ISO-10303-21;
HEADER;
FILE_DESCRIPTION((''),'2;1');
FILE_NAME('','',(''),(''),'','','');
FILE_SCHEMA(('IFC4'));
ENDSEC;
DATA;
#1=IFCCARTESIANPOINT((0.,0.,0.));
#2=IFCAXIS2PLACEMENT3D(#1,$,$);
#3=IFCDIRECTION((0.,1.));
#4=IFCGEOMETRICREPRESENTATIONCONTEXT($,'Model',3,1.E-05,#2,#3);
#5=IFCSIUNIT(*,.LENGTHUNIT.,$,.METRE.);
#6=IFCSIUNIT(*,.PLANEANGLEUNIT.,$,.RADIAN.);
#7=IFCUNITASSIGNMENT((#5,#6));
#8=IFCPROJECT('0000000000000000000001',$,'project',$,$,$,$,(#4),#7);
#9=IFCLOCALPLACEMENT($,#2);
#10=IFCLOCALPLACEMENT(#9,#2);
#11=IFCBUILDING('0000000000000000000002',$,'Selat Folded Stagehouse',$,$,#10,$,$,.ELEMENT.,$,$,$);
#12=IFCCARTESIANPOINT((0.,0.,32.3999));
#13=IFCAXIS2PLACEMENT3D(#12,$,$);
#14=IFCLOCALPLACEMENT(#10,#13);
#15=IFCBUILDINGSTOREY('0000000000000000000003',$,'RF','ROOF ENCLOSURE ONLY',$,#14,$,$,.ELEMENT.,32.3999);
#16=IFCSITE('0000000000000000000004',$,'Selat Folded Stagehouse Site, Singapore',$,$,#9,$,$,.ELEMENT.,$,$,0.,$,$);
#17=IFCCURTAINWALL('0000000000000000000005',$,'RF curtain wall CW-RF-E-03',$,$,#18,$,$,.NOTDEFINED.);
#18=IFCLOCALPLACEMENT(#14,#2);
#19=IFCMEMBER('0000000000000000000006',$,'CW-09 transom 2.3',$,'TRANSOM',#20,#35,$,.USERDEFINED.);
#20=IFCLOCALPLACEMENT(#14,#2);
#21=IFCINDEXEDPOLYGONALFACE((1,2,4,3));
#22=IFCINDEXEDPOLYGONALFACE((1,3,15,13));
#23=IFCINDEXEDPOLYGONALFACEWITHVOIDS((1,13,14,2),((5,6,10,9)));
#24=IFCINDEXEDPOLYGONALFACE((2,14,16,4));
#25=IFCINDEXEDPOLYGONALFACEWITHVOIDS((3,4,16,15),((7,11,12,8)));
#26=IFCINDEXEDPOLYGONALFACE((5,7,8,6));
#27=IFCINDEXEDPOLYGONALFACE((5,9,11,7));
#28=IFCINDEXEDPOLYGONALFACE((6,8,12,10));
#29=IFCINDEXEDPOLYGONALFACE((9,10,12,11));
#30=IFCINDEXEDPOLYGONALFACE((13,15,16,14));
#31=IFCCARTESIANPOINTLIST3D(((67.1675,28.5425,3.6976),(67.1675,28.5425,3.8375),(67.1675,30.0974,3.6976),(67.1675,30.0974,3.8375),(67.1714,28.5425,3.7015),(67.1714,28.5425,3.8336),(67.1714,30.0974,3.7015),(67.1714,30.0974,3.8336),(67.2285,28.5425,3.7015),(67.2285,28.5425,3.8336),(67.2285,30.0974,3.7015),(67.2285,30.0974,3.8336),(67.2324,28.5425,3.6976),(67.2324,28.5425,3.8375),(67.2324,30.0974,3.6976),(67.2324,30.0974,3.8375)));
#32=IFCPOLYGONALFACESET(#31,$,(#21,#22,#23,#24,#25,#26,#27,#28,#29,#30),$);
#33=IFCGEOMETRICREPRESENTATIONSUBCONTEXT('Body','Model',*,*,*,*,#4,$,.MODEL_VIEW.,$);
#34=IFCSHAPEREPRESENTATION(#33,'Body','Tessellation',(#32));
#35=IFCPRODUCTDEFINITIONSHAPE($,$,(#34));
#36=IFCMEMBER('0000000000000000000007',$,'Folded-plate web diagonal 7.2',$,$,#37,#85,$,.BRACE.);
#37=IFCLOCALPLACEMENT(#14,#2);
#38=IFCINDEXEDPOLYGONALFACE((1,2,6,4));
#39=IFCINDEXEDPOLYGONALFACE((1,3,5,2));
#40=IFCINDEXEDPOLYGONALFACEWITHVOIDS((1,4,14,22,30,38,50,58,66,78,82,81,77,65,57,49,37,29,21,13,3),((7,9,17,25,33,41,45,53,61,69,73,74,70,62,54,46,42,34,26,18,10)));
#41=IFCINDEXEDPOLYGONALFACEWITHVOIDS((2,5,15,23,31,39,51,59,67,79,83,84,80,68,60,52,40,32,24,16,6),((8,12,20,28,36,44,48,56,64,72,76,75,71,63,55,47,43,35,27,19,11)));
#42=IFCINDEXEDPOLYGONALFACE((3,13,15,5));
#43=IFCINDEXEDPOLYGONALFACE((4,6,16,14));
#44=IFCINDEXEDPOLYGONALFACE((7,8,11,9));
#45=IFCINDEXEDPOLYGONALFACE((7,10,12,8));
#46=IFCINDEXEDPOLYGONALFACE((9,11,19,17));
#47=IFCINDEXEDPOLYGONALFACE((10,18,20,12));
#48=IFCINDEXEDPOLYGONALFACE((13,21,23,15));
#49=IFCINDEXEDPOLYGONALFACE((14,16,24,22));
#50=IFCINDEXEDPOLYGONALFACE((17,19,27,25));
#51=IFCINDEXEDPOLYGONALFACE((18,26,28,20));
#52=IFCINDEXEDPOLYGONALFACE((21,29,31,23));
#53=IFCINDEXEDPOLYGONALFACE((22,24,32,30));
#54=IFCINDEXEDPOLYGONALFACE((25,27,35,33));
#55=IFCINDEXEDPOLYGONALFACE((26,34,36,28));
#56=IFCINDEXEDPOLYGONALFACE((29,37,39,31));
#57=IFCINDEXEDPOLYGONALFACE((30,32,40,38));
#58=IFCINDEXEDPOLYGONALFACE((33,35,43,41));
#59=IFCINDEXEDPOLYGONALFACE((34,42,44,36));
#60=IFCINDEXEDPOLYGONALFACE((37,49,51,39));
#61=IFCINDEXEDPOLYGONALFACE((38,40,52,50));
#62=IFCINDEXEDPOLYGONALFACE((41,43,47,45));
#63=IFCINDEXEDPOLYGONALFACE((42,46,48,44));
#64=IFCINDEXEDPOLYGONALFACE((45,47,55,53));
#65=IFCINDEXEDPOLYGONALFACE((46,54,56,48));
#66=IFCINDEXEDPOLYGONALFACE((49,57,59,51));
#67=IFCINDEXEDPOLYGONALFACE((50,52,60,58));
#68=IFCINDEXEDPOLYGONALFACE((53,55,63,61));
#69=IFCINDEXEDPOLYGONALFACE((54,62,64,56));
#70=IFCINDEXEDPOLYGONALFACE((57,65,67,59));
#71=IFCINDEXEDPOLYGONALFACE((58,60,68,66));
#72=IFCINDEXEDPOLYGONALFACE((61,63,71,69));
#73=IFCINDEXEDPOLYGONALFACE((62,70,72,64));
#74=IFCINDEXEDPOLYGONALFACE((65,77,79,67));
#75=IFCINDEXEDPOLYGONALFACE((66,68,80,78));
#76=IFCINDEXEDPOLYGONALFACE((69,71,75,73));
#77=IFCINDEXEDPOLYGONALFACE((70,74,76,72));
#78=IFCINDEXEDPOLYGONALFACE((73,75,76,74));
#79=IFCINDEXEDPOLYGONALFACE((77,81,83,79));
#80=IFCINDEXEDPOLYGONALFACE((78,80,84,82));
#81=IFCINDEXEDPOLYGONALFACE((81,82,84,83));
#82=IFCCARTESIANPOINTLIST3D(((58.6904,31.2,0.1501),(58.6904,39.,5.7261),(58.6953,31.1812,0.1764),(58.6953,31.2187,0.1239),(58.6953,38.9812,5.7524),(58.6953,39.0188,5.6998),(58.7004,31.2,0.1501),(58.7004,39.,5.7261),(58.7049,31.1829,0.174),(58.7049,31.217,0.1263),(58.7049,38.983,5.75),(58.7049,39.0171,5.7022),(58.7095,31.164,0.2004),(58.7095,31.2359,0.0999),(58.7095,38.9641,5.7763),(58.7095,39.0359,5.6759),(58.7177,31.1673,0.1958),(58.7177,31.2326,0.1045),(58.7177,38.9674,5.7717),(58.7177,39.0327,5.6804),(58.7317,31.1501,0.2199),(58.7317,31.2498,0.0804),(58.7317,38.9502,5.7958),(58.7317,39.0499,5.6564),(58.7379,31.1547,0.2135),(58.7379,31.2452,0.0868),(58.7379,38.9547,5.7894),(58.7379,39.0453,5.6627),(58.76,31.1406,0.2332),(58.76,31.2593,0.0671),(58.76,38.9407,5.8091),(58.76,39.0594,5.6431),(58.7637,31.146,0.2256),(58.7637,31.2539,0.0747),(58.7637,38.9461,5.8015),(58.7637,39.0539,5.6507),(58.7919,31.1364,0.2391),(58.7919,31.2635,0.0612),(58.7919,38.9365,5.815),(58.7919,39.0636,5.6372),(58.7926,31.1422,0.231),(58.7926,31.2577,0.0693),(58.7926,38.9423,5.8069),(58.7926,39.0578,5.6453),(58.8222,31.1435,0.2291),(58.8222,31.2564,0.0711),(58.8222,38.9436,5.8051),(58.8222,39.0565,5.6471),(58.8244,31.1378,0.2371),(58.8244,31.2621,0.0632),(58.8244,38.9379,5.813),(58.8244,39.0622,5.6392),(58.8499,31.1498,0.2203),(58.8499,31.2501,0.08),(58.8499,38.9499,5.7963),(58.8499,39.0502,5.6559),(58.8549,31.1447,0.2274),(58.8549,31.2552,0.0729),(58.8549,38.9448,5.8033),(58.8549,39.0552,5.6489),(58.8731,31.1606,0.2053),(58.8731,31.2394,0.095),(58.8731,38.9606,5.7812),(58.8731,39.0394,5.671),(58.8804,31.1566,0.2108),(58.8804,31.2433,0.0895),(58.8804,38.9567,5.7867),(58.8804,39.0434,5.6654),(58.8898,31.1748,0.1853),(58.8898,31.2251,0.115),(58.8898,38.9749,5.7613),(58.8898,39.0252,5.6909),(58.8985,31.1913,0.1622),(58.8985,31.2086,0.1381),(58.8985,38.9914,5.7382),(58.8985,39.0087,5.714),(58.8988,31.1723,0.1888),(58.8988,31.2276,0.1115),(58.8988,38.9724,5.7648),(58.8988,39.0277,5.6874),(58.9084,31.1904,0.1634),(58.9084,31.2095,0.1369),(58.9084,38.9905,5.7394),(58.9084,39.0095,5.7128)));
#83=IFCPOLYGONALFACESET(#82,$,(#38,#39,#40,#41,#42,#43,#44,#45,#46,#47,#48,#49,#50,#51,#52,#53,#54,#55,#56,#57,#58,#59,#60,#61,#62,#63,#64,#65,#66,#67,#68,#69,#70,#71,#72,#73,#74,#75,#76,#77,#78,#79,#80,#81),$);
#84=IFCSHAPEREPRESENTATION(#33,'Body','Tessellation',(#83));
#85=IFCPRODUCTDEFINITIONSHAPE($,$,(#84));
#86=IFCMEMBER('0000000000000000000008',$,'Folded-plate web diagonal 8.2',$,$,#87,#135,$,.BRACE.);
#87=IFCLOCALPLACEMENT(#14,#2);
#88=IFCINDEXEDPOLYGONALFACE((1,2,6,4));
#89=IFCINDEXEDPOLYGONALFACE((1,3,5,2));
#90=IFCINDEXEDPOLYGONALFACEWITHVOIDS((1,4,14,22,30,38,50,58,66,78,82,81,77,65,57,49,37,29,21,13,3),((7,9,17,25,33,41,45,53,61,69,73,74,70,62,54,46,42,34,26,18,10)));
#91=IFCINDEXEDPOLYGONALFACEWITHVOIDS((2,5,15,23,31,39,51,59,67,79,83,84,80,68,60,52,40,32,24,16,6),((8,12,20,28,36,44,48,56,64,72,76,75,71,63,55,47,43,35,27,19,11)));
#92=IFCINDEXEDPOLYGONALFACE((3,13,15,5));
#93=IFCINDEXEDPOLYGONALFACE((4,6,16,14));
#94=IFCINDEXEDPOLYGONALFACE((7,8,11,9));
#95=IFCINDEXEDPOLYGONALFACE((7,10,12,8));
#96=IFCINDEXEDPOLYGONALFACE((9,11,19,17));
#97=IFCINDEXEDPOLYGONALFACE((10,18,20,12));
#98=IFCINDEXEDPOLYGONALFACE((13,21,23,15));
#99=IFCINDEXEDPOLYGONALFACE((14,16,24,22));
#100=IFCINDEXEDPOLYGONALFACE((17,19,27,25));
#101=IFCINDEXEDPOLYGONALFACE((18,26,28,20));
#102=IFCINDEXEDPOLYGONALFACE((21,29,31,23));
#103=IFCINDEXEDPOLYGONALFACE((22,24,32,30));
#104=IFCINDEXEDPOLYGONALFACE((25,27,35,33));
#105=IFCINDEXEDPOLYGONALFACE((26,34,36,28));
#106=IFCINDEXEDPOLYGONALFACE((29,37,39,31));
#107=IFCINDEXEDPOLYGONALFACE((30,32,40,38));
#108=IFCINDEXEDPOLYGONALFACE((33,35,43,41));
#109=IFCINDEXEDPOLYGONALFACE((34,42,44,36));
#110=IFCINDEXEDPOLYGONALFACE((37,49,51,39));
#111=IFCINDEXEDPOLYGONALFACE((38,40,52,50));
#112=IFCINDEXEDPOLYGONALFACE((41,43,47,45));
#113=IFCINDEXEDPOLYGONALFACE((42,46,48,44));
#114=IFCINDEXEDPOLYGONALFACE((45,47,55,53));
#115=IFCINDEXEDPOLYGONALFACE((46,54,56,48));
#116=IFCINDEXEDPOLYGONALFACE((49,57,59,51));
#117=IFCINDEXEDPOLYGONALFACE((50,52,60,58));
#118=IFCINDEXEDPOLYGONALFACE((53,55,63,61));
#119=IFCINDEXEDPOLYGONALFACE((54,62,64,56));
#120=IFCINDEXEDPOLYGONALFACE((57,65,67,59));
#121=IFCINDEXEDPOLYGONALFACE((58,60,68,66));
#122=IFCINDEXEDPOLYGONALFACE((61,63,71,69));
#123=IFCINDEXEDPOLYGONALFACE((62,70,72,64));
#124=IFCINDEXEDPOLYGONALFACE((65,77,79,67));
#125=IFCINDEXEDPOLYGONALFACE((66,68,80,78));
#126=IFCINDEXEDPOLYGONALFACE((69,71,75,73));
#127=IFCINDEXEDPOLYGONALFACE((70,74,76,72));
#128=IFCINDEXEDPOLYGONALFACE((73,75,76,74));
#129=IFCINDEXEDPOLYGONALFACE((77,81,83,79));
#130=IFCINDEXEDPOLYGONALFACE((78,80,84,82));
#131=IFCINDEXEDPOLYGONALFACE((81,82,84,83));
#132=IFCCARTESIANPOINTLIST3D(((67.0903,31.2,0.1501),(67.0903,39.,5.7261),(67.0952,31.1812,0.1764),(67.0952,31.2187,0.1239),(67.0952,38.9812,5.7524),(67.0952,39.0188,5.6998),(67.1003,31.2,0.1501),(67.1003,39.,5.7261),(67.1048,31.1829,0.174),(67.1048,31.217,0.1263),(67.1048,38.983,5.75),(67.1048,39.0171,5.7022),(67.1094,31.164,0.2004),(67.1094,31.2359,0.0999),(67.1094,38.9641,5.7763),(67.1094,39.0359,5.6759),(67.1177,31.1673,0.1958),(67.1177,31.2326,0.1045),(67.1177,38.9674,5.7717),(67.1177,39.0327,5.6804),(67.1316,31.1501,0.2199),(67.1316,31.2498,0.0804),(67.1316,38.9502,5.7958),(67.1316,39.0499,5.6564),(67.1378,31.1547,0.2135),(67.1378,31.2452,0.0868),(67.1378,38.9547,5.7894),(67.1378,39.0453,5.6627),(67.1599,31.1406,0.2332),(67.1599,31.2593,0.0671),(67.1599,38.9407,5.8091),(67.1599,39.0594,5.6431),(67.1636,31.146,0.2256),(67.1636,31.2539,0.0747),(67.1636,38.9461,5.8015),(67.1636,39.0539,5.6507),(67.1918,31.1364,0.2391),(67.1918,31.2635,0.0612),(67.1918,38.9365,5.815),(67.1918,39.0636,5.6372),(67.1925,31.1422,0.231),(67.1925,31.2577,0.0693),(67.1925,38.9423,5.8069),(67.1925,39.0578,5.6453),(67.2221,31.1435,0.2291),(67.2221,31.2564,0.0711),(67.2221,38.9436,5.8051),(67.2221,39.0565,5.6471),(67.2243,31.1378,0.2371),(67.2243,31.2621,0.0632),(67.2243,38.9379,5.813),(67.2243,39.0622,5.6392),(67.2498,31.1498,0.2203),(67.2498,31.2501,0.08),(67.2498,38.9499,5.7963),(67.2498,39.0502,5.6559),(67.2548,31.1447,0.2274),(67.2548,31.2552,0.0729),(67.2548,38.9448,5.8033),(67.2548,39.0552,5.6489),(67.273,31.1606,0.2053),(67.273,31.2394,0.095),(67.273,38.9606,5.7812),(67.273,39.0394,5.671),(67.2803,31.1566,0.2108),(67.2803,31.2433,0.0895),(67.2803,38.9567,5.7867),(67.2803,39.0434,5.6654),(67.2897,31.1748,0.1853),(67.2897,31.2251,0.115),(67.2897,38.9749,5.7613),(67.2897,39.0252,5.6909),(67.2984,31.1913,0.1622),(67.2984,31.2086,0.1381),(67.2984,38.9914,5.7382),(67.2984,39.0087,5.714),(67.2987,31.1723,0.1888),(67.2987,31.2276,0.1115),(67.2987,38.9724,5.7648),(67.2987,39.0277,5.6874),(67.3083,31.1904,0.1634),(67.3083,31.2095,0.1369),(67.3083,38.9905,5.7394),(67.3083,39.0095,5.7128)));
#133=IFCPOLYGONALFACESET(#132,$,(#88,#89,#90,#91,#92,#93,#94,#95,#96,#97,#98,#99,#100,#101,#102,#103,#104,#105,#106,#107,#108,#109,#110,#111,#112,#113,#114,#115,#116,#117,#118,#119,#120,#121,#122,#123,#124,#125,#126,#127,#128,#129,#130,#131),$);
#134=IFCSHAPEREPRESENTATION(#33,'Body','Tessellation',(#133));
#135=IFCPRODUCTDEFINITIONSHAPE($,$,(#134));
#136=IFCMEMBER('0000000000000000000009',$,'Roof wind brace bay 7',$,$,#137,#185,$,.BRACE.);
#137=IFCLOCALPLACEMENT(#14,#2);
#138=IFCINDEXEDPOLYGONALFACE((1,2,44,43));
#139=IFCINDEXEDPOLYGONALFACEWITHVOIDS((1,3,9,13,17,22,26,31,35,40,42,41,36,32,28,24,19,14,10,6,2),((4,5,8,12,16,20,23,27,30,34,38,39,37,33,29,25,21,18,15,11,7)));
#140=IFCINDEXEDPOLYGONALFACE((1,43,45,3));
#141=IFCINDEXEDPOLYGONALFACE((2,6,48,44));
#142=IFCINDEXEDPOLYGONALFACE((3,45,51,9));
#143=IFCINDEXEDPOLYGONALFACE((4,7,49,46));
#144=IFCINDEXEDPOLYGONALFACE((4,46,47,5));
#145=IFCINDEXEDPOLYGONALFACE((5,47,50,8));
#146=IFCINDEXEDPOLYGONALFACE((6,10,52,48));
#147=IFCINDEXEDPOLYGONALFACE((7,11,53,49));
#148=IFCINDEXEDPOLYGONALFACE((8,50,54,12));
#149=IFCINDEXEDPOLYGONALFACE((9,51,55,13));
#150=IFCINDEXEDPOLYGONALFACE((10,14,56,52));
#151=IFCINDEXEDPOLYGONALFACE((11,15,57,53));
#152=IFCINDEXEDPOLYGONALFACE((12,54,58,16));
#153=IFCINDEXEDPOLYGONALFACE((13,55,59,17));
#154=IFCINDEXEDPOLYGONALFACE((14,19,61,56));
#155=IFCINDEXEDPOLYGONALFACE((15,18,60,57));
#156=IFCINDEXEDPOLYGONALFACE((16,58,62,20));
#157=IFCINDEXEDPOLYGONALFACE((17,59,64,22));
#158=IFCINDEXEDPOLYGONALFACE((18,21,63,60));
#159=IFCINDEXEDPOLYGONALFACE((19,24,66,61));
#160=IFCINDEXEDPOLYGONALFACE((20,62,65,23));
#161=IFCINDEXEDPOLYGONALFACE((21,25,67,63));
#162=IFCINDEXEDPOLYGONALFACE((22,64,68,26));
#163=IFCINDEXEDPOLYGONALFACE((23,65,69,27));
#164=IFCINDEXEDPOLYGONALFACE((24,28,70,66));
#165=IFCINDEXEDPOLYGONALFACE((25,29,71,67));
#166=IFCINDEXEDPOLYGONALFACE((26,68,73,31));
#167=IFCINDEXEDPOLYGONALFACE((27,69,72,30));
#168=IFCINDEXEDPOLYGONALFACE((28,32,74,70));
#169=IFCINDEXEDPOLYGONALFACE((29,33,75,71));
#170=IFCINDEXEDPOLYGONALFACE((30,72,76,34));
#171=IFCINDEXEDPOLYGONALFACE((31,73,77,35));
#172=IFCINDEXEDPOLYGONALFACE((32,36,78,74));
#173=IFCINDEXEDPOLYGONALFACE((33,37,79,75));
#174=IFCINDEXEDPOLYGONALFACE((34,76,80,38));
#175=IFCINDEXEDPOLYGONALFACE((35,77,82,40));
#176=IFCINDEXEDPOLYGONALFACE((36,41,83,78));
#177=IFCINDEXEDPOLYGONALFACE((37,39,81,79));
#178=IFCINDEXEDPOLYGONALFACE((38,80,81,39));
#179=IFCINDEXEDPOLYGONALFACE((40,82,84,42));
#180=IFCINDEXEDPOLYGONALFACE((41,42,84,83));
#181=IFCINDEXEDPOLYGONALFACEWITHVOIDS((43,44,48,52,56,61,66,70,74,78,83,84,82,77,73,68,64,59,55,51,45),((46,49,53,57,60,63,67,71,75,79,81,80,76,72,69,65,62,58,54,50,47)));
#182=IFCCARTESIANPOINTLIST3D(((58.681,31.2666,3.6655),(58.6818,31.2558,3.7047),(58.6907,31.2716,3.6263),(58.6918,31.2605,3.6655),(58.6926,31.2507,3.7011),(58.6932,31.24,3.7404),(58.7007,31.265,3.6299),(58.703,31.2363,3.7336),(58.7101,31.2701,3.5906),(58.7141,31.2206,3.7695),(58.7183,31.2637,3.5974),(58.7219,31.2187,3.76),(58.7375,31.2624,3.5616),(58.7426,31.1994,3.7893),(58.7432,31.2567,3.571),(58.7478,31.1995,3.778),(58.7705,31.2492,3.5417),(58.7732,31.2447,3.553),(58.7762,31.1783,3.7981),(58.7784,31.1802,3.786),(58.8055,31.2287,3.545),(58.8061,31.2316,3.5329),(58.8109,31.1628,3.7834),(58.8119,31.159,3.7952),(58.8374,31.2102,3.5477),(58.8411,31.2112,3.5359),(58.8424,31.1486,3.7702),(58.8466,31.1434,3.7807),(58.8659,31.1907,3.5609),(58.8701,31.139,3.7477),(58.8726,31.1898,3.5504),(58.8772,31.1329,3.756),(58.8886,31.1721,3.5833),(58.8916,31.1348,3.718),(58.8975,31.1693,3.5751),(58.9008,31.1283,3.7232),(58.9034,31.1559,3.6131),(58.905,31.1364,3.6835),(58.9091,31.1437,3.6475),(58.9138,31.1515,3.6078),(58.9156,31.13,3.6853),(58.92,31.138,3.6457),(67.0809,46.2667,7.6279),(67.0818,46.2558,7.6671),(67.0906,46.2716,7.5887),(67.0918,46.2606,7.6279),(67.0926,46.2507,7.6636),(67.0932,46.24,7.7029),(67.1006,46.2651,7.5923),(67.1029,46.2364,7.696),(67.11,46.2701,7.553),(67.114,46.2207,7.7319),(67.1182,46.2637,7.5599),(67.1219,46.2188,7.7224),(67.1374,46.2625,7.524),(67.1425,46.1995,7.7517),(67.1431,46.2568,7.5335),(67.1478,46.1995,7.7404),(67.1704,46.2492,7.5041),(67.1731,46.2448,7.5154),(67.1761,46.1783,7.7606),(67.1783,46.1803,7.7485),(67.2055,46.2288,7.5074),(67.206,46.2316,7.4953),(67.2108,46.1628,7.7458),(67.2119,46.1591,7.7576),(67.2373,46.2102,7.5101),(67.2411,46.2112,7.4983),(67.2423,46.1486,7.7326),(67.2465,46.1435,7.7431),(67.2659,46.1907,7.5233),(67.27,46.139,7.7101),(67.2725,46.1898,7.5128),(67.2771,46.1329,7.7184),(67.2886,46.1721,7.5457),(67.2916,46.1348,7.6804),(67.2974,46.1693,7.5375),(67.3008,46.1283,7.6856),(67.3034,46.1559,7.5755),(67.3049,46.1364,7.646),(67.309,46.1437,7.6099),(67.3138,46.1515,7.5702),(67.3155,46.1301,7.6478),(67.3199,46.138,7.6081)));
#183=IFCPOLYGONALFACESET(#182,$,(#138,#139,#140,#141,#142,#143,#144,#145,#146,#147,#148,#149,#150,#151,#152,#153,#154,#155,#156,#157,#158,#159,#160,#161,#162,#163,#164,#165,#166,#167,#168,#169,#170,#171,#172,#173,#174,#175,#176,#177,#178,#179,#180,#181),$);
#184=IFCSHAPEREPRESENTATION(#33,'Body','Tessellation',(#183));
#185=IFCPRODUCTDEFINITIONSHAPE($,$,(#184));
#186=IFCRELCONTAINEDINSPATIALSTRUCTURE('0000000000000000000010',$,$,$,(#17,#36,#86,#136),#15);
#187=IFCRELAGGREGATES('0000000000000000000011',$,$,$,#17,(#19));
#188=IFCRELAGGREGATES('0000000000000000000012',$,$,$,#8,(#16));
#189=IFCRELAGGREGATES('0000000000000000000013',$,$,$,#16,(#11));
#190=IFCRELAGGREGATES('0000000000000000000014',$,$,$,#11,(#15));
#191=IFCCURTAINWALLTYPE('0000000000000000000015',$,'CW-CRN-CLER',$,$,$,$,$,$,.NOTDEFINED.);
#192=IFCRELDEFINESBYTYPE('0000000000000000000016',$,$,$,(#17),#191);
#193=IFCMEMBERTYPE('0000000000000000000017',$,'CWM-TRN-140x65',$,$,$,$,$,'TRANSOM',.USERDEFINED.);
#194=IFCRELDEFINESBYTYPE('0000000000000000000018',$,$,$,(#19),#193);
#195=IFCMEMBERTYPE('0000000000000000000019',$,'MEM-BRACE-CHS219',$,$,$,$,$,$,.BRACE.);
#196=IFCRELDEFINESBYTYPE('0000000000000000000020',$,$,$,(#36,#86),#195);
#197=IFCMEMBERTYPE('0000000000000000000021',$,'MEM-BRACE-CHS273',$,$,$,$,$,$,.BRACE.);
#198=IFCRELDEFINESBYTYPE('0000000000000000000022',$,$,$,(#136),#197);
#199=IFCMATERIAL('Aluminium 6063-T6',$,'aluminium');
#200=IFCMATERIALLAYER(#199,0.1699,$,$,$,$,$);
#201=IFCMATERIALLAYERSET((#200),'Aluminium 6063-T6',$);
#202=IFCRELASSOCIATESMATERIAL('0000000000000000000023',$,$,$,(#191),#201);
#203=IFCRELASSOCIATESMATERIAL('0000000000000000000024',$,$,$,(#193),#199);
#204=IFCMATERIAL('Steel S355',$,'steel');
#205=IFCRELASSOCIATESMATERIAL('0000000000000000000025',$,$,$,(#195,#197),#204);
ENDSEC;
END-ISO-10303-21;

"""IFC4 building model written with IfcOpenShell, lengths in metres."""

from ifc_helpers import new_model, si_unit, direction, frame, origin, origin_2d, place, context, subcontext, project, spatial, hollow_rectangle, hollow_circle, extrude, material, layer, layer_set, material_profile, profile_set, type_object, element, aggregate, save


model = new_model("IFC4")

# Units and contexts
model_context = context("Model", 3, precision=1e-05, world=origin(), true_north=direction((0.0, 1.0)))
body_context = subcontext(model_context, "Body", "Model", "MODEL_VIEW")
ifc_project = project(units=[si_unit("LENGTHUNIT", "METRE"), si_unit("PLANEANGLEUNIT", "RADIAN")], contexts=[model_context])

# Site, building, storey
site_placement = place(None, origin())
site = spatial("IfcSite", under=ifc_project, at=site_placement, Name="Selat Folded Stagehouse Site, Singapore", CompositionType="ELEMENT", RefElevation=0.0)
building_placement = place(site_placement, origin())
building = spatial("IfcBuilding", under=site, at=building_placement, Name="Selat Folded Stagehouse", CompositionType="ELEMENT")
storey_placement = place(building_placement, frame((0.0, 0.0, 32.3999)))
storey = spatial("IfcBuildingStorey", under=building, at=storey_placement, Name="RF", Description="ROOF ENCLOSURE ONLY", CompositionType="ELEMENT", Elevation=32.3999)

# Shared definitions
ifc_material_1 = material(Name="Aluminium 6063-T6", Category="aluminium")
ifc_layer_1 = layer(ifc_material_1, 0.1699)
ifc_layer_set_1 = layer_set([ifc_layer_1], Name="Aluminium 6063-T6")
curtain_wall_type = type_object("IfcCurtainWallType", Name="CW-CRN-CLER", PredefinedType="NOTDEFINED", material=ifc_layer_set_1)

# Curtain wall
curtain_wall_1_placement = place(storey_placement, origin())
curtain_wall_1 = element("IfcCurtainWall", 1, at=curtain_wall_1_placement, inside=storey, type_object=curtain_wall_type, Name="RF curtain wall CW-RF-E-03", PredefinedType="NOTDEFINED")

# Member
ifc_material_profile_1 = material_profile(ifc_material_1, hollow_rectangle(XDim=0.0649, YDim=0.1399, WallThickness=0.0039, at=origin_2d()), Name="ALU 140x65x4.0")
ifc_profile_set_1 = profile_set([ifc_material_profile_1], Name="Aluminium 6063-T6")
member_type_1 = type_object("IfcMemberType", Name="CWM-TRN-140x65", ElementType="TRANSOM", PredefinedType="USERDEFINED", material=ifc_profile_set_1)
member_1_placement = place(storey_placement, frame((67.2, 30.0974, 3.7676), z_axis=(0.0, -1.0, 0.0), x_axis=(1.0, 0.0, 0.0)))
member_1 = element("IfcMember", 2, at=member_1_placement, type_object=member_type_1, Name="CW-09 transom 2.3", ObjectType="TRANSOM", PredefinedType="USERDEFINED", context=body_context, shape_type="SweptSolid", body=[
    extrude(hollow_rectangle(XDim=0.0649, YDim=0.1399, WallThickness=0.0039, at=origin_2d()), origin(), (0.0, 0.0, 1.0), 1.5549),
])

# Members
ifc_material_2 = material(Name="Steel S355", Category="steel")
ifc_material_profile_2 = material_profile(ifc_material_2, hollow_circle(Radius=0.1096, WallThickness=0.01, at=origin_2d()), Name="CHS 219.1x10.0")
ifc_profile_set_2 = profile_set([ifc_material_profile_2], Name="Steel S355")
member_type_2 = type_object("IfcMemberType", Name="MEM-BRACE-CHS219", PredefinedType="BRACE", material=ifc_profile_set_2)
for number, where, z_axis, x_axis, name in (
    (3, (58.8, 31.2, 0.1501), (0.0, 0.813513, 0.581546), (-1.0, 0.0, 0.0), "Folded-plate web diagonal 7.2"),
    (4, (67.2, 31.2, 0.1501), (0.0, 0.813513, 0.581546), (-1.0, 0.0, 0.0), "Folded-plate web diagonal 8.2"),
):
    element("IfcMember", number, at=place(storey_placement, frame(where, z_axis=z_axis, x_axis=x_axis)), inside=storey, type_object=member_type_2, Name=name, PredefinedType="BRACE", context=body_context, shape_type="SweptSolid", body=[
        extrude(hollow_circle(Radius=0.1096, WallThickness=0.01, at=origin_2d()), origin(), (0.0, 0.0, 1.0), 9.5881),
    ])
ifc_material_profile_3 = material_profile(ifc_material_2, hollow_circle(Radius=0.1365, WallThickness=0.0125, at=origin_2d()), Name="CHS 273.0x12.5")
ifc_profile_set_3 = profile_set([ifc_material_profile_3], Name="Steel S355")
member_type_3 = type_object("IfcMemberType", Name="MEM-BRACE-CHS273", PredefinedType="BRACE", material=ifc_profile_set_3)
member_2_placement = place(storey_placement, frame((58.8, 31.2, 3.6655), z_axis=(0.476117, 0.850218, 0.224594), x_axis=(-0.872508, 0.488599, 0.0)))
element("IfcMember", 5, at=member_2_placement, inside=storey, type_object=member_type_3, Name="Roof wind brace bay 7", PredefinedType="BRACE", context=body_context, shape_type="SweptSolid", body=[
    extrude(hollow_circle(Radius=0.1365, WallThickness=0.0125, at=origin_2d()), origin(), (0.0, 0.0, 1.0), 17.6426),
])

aggregate(curtain_wall_1, [member_1])

save(model, "model.ifc")
